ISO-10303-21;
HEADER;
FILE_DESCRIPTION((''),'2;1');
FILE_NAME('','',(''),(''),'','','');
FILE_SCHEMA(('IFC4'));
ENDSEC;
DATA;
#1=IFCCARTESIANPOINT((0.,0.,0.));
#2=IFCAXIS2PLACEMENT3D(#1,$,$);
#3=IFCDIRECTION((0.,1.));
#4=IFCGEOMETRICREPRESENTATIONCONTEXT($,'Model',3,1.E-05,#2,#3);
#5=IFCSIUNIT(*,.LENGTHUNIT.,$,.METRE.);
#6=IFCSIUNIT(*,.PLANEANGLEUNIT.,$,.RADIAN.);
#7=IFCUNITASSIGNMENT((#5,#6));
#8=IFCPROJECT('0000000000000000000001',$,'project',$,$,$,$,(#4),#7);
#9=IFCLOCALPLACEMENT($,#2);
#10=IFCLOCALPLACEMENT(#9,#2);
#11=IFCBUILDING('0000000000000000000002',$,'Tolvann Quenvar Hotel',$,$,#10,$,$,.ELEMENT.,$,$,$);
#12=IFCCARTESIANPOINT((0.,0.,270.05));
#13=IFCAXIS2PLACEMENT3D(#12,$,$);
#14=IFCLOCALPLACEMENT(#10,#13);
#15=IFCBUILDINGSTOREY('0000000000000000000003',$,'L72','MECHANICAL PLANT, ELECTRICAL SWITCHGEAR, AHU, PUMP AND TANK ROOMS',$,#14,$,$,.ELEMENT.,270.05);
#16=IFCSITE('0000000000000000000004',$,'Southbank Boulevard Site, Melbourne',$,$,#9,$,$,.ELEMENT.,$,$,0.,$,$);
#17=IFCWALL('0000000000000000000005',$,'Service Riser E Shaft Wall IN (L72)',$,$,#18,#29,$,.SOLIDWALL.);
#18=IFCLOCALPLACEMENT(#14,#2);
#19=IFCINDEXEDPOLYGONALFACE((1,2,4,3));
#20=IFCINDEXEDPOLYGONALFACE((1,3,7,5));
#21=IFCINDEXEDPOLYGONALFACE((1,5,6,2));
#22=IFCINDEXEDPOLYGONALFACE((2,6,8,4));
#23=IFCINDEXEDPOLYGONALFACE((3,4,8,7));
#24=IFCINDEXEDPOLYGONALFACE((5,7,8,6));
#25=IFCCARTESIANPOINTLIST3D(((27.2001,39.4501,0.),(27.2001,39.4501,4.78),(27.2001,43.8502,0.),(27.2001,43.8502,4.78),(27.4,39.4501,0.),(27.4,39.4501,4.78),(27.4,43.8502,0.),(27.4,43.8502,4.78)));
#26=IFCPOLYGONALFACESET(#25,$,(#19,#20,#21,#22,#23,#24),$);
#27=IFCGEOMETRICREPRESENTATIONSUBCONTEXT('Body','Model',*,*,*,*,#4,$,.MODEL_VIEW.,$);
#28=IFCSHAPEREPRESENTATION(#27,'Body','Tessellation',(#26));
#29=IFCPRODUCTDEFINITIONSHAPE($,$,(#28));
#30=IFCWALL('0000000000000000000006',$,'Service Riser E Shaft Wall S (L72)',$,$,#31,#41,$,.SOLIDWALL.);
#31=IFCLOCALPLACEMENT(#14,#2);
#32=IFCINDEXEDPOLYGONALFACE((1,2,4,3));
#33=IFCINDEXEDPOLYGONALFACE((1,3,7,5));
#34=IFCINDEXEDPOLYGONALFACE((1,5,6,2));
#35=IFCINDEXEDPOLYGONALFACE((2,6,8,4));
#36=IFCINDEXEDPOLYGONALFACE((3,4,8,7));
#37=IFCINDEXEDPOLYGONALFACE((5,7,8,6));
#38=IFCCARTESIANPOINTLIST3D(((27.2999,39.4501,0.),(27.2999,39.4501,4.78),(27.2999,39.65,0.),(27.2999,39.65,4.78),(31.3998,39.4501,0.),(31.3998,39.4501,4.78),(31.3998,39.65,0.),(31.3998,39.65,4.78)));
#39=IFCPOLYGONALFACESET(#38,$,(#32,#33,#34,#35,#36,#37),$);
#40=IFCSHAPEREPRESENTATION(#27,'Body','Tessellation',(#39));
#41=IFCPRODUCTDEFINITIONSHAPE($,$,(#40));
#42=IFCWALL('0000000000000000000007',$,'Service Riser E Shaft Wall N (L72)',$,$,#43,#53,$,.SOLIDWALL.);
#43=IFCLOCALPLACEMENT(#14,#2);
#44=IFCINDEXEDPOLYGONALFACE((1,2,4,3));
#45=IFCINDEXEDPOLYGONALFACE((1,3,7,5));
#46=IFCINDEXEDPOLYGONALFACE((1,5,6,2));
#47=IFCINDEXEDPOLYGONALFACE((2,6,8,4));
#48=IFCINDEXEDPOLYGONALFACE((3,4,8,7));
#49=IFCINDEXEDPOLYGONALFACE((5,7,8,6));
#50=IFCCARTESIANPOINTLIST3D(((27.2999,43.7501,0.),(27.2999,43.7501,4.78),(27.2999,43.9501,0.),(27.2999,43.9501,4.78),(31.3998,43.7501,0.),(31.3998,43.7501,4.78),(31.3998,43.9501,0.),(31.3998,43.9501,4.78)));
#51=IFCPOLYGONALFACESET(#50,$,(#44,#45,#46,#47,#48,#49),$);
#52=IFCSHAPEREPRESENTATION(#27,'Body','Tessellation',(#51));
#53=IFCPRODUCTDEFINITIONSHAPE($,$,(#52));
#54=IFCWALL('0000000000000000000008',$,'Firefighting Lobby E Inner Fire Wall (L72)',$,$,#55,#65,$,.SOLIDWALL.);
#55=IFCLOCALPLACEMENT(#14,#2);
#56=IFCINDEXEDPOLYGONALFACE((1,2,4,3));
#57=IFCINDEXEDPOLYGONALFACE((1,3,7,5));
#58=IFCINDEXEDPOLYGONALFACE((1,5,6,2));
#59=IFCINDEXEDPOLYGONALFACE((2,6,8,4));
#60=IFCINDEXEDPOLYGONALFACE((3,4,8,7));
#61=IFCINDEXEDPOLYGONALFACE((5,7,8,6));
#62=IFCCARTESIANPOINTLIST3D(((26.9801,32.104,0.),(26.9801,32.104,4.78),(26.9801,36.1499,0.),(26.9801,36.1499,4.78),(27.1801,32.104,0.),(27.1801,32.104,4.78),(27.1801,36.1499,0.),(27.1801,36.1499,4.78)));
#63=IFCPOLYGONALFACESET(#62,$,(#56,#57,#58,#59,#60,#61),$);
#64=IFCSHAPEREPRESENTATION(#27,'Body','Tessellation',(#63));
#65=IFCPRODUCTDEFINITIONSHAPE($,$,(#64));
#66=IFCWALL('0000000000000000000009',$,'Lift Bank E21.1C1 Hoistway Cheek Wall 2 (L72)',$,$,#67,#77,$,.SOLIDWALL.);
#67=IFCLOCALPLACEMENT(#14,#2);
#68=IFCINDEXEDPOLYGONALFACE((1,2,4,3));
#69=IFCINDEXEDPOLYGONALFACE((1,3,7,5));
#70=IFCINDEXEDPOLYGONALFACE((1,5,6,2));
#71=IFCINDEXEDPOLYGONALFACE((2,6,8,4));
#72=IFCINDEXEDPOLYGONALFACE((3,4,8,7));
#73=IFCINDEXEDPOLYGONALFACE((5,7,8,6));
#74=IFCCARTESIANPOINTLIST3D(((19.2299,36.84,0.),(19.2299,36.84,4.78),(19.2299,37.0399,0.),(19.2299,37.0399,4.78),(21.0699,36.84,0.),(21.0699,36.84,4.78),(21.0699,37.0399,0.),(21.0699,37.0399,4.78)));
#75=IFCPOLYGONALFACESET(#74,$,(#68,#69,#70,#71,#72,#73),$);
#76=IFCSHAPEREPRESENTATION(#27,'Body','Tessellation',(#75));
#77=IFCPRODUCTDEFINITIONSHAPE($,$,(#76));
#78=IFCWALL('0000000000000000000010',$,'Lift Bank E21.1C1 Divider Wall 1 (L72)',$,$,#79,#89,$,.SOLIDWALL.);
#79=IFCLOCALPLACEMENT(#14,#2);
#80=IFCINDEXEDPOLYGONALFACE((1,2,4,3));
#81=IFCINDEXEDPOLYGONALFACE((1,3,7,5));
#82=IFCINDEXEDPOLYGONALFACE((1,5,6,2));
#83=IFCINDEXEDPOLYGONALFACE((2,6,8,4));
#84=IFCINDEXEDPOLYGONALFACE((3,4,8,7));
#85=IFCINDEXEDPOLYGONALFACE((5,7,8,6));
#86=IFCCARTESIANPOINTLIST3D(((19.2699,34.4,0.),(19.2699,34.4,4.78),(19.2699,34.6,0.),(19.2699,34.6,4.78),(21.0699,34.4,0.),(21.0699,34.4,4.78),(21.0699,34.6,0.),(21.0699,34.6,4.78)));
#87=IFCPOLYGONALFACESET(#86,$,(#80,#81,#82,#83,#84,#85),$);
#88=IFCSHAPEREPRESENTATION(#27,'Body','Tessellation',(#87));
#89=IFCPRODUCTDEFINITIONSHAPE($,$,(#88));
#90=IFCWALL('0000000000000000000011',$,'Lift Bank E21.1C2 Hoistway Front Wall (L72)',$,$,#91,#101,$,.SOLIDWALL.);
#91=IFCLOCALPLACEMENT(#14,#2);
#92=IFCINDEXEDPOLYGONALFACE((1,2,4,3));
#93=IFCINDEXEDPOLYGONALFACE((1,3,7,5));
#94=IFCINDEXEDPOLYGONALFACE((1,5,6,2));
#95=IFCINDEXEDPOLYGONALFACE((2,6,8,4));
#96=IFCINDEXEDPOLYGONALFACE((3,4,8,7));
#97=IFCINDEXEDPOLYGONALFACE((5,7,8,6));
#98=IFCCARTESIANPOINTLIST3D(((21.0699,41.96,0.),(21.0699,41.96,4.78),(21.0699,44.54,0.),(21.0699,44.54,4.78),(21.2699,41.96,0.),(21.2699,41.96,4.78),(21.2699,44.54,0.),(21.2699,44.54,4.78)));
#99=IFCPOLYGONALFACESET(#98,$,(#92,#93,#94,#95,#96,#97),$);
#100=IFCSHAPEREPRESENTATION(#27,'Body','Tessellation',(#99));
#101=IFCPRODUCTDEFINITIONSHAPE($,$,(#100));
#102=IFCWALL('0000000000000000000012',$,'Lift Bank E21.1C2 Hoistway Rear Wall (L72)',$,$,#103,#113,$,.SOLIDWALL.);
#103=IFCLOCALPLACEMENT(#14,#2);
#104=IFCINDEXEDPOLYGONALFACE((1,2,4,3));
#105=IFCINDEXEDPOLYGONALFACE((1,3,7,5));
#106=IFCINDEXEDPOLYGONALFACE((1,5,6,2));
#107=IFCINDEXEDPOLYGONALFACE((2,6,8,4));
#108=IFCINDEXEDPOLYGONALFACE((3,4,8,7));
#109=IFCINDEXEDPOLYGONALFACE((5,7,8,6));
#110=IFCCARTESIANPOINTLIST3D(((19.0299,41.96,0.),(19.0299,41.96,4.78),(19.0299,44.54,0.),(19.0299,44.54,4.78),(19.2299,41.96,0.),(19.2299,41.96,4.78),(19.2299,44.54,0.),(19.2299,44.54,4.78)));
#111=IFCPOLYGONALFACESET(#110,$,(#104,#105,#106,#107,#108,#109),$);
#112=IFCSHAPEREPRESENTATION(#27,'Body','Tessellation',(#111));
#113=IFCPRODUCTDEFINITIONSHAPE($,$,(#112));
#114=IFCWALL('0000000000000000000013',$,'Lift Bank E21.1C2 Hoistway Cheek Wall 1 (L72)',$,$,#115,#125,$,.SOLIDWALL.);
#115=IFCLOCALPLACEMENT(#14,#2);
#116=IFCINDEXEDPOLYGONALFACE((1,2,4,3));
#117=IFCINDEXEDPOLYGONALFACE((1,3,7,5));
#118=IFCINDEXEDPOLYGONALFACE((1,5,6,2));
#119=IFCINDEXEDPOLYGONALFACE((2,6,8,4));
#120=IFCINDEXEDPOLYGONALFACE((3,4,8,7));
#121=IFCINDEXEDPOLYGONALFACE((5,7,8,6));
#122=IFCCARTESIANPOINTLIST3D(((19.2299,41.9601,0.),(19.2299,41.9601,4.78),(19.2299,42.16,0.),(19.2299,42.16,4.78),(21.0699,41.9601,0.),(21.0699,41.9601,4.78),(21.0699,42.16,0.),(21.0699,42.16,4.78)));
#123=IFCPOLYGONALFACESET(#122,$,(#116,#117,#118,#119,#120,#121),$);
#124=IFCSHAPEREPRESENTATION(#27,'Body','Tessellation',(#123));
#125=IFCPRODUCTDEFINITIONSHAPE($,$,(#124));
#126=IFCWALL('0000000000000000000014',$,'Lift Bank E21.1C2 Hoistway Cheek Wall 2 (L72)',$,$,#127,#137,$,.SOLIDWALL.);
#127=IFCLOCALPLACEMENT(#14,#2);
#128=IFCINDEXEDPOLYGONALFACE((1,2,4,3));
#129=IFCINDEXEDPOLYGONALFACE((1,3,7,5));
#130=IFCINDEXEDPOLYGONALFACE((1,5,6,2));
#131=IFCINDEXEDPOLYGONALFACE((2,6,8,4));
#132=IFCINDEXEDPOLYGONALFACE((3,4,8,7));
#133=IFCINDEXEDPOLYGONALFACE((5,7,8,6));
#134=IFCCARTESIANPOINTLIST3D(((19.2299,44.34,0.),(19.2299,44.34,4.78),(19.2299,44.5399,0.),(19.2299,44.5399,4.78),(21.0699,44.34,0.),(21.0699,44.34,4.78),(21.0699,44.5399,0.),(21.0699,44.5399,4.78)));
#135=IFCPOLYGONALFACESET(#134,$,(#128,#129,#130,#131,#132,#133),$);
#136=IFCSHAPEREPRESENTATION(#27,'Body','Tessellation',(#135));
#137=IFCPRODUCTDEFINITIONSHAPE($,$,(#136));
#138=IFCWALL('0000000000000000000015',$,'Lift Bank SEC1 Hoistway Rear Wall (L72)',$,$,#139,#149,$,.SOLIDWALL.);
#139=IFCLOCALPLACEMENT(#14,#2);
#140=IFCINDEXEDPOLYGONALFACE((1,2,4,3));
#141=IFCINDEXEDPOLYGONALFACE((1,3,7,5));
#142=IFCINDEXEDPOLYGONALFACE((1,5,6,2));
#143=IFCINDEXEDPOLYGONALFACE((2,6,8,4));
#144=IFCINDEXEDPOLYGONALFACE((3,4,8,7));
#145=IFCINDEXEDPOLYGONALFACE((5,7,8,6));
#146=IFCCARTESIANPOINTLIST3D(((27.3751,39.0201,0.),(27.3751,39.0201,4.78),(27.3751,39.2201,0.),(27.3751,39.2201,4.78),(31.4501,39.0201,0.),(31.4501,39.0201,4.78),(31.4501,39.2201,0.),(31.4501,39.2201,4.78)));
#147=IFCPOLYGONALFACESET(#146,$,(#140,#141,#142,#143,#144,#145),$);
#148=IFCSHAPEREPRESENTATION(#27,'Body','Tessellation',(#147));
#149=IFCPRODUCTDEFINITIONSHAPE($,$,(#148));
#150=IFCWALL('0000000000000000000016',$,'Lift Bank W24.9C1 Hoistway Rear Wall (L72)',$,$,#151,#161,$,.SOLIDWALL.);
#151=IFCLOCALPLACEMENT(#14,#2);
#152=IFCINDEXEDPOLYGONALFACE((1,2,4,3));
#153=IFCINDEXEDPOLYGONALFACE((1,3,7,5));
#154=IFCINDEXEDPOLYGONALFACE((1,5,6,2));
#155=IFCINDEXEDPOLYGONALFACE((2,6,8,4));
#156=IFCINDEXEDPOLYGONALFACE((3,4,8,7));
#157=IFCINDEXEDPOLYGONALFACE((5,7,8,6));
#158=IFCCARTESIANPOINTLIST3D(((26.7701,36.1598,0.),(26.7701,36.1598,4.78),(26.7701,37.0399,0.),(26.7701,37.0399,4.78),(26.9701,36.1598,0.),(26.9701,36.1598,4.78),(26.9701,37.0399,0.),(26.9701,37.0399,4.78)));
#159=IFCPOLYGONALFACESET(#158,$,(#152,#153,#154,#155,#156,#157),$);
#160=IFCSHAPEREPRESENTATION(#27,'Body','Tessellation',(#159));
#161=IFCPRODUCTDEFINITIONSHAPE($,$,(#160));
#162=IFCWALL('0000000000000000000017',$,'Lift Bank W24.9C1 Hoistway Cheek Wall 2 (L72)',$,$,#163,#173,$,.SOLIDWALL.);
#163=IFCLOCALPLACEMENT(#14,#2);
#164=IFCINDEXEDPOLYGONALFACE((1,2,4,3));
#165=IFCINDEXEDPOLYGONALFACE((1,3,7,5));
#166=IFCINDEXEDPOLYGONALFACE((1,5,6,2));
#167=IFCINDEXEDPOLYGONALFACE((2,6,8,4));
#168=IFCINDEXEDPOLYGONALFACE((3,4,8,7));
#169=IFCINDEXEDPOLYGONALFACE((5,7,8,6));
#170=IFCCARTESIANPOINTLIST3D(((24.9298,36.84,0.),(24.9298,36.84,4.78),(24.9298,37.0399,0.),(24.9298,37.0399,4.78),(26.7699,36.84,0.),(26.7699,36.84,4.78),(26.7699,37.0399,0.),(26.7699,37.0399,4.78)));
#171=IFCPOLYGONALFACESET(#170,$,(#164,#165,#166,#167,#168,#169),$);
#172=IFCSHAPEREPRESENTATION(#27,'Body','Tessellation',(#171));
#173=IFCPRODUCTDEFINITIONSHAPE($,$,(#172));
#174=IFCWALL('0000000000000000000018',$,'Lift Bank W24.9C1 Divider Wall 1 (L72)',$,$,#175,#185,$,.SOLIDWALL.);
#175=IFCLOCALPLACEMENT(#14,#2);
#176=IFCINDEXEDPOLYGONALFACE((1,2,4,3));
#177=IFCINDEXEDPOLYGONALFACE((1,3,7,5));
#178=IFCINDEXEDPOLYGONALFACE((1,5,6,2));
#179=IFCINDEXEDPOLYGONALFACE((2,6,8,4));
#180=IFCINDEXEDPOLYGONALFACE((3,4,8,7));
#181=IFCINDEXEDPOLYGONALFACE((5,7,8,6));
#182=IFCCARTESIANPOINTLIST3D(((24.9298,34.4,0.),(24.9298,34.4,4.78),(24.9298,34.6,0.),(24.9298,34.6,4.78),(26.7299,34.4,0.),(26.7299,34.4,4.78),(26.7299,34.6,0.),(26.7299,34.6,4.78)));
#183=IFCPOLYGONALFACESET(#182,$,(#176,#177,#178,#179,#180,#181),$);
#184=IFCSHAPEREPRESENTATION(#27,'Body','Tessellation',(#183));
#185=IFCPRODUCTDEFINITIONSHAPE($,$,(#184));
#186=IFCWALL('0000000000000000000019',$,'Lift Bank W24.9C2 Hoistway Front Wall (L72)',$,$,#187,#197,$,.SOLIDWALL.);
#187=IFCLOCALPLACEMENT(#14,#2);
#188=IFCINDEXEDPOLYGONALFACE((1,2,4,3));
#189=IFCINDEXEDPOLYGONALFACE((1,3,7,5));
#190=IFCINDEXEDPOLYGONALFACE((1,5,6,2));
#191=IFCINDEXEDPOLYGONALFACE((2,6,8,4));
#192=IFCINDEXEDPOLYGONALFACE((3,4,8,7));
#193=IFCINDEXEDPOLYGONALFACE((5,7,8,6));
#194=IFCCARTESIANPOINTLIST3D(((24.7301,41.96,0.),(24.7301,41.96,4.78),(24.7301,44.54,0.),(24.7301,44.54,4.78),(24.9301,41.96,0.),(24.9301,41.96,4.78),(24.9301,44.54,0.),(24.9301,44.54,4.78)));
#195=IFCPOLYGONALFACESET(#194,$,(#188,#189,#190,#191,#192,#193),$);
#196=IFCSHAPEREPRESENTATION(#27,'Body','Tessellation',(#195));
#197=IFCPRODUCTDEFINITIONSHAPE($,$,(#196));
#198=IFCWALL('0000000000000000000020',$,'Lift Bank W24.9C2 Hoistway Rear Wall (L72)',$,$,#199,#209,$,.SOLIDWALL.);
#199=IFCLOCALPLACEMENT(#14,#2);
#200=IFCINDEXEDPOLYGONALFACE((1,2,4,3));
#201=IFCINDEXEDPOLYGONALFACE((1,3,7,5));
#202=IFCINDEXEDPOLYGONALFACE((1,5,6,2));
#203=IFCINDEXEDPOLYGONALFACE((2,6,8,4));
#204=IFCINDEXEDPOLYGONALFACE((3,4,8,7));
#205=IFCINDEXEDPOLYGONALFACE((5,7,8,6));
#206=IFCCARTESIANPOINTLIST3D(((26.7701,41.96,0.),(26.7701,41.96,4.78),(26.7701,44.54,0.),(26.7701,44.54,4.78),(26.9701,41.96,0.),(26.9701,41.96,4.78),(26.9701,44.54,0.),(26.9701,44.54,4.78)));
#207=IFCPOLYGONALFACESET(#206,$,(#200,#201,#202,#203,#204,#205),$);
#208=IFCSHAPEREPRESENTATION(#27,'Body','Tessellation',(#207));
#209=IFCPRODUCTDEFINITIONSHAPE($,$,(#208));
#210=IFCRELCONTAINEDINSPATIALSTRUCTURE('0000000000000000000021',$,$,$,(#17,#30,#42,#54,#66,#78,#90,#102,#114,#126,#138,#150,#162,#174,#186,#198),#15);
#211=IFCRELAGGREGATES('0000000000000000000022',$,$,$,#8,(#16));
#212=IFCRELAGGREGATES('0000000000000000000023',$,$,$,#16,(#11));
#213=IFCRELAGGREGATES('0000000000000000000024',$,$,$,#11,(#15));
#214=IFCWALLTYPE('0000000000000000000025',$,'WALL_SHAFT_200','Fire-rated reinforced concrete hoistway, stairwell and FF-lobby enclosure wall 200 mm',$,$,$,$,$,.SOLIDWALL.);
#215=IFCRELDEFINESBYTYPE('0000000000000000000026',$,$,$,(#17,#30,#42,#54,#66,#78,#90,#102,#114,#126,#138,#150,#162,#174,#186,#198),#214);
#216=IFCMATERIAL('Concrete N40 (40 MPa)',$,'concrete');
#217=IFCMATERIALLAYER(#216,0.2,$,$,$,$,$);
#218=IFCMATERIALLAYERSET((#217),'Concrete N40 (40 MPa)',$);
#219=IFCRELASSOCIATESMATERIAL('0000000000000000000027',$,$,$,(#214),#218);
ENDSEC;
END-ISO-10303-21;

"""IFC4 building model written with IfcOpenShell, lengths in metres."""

from ifc_helpers import new_model, si_unit, direction, frame, frame_2d, origin, place, context, subcontext, project, spatial, rectangle, extrude, material, layer, layer_set, type_object, element, save


model = new_model("IFC4")

# Units and contexts
model_context = context("Model", 3, precision=1e-05, world=origin(), true_north=direction((0.0, 1.0)))
body_context = subcontext(model_context, "Body", "Model", "MODEL_VIEW")
ifc_project = project(units=[si_unit("LENGTHUNIT", "METRE"), si_unit("PLANEANGLEUNIT", "RADIAN")], contexts=[model_context])

# Site, building, storey
site_placement = place(None, origin())
site = spatial("IfcSite", under=ifc_project, at=site_placement, Name="Southbank Boulevard Site, Melbourne", CompositionType="ELEMENT", RefElevation=0.0)
building_placement = place(site_placement, origin())
building = spatial("IfcBuilding", under=site, at=building_placement, Name="Tolvann Quenvar Hotel", CompositionType="ELEMENT")
storey_placement = place(building_placement, frame((0.0, 0.0, 270.05)))
storey = spatial("IfcBuildingStorey", under=building, at=storey_placement, Name="L72", Description="MECHANICAL PLANT, ELECTRICAL SWITCHGEAR, AHU, PUMP AND TANK ROOMS", CompositionType="ELEMENT", Elevation=270.05)

# Walls
ifc_material_1 = material(Name="Concrete N40 (40 MPa)", Category="concrete")
ifc_layer = layer(ifc_material_1, 0.2)
ifc_layer_set = layer_set([ifc_layer], Name="Concrete N40 (40 MPa)")
wall_type = type_object("IfcWallType", Name="WALL_SHAFT_200", Description="Fire-rated reinforced concrete hoistway, stairwell and FF-lobby enclosure wall 200 mm", PredefinedType="SOLIDWALL", material=ifc_layer_set)
wall_1_placement = place(storey_placement, frame((27.3, 39.45, 0.0), z_axis=(0.0, 0.0, 1.0), x_axis=(0.0, 1.0, 0.0)))
element("IfcWall", 1, at=wall_1_placement, inside=storey, type_object=wall_type, Name="Service Riser E Shaft Wall IN (L72)", PredefinedType="SOLIDWALL", context=body_context, shape_type="SweptSolid", body=[
    extrude(rectangle(XDim=4.4001, YDim=0.2, at=frame_2d((2.2002, 0.0))), origin(), (0.0, 0.0, 1.0), 4.78),
])
for number, where, z_axis, x_axis, name in (
    (2, (27.3, 39.55, 0.0), (0.0, 0.0, 1.0), (1.0, 0.0, 0.0), "Service Riser E Shaft Wall S (L72)"),
    (3, (27.3, 43.8501, 0.0), (0.0, 0.0, 1.0), (1.0, 0.0, 0.0), "Service Riser E Shaft Wall N (L72)"),
):
    element("IfcWall", number, at=place(storey_placement, frame(where, z_axis=z_axis, x_axis=x_axis)), inside=storey, type_object=wall_type, Name=name, PredefinedType="SOLIDWALL", context=body_context, shape_type="SweptSolid", body=[
        extrude(rectangle(XDim=4.0999, YDim=0.2, at=frame_2d((2.0498, 0.0))), origin(), (0.0, 0.0, 1.0), 4.78),
    ])
wall_2_placement = place(storey_placement, frame((27.0801, 32.104, 0.0), z_axis=(0.0, 0.0, 1.0), x_axis=(0.0, 1.0, 0.0)))
element("IfcWall", 4, at=wall_2_placement, inside=storey, type_object=wall_type, Name="Firefighting Lobby E Inner Fire Wall (L72)", PredefinedType="SOLIDWALL", context=body_context, shape_type="SweptSolid", body=[
    extrude(rectangle(XDim=4.0459, YDim=0.2, at=frame_2d((2.0229, 0.0))), origin(), (0.0, 0.0, 1.0), 4.78),
])
wall_3_placement = place(storey_placement, frame((19.23, 36.9399, 0.0), z_axis=(0.0, 0.0, 1.0), x_axis=(1.0, 0.0, 0.0)))
element("IfcWall", 5, at=wall_3_placement, inside=storey, type_object=wall_type, Name="Lift Bank E21.1C1 Hoistway Cheek Wall 2 (L72)", PredefinedType="SOLIDWALL", context=body_context, shape_type="SweptSolid", body=[
    extrude(rectangle(XDim=1.8401, YDim=0.2, at=frame_2d((0.9199, 0.0))), origin(), (0.0, 0.0, 1.0), 4.78),
])
wall_4_placement = place(storey_placement, frame((19.27, 34.5, 0.0), z_axis=(0.0, 0.0, 1.0), x_axis=(1.0, 0.0, 0.0)))
element("IfcWall", 6, at=wall_4_placement, inside=storey, type_object=wall_type, Name="Lift Bank E21.1C1 Divider Wall 1 (L72)", PredefinedType="SOLIDWALL", context=body_context, shape_type="SweptSolid", body=[
    extrude(rectangle(XDim=1.8, YDim=0.2, at=frame_2d((0.8999, 0.0))), origin(), (0.0, 0.0, 1.0), 4.78),
])
for number, where, z_axis, x_axis, name in (
    (7, (21.1699, 41.96, 0.0), (0.0, 0.0, 1.0), (0.0, 1.0, 0.0), "Lift Bank E21.1C2 Hoistway Front Wall (L72)"),
    (8, (19.1299, 41.96, 0.0), (0.0, 0.0, 1.0), (0.0, 1.0, 0.0), "Lift Bank E21.1C2 Hoistway Rear Wall (L72)"),
):
    element("IfcWall", number, at=place(storey_placement, frame(where, z_axis=z_axis, x_axis=x_axis)), inside=storey, type_object=wall_type, Name=name, PredefinedType="SOLIDWALL", context=body_context, shape_type="SweptSolid", body=[
        extrude(rectangle(XDim=2.5801, YDim=0.2, at=frame_2d((1.29, 0.0))), origin(), (0.0, 0.0, 1.0), 4.78),
    ])
for number, where, z_axis, x_axis, name in (
    (9, (19.23, 42.0601, 0.0), (0.0, 0.0, 1.0), (1.0, 0.0, 0.0), "Lift Bank E21.1C2 Hoistway Cheek Wall 1 (L72)"),
    (10, (19.23, 44.4399, 0.0), (0.0, 0.0, 1.0), (1.0, 0.0, 0.0), "Lift Bank E21.1C2 Hoistway Cheek Wall 2 (L72)"),
):
    element("IfcWall", number, at=place(storey_placement, frame(where, z_axis=z_axis, x_axis=x_axis)), inside=storey, type_object=wall_type, Name=name, PredefinedType="SOLIDWALL", context=body_context, shape_type="SweptSolid", body=[
        extrude(rectangle(XDim=1.8401, YDim=0.2, at=frame_2d((0.9199, 0.0))), origin(), (0.0, 0.0, 1.0), 4.78),
    ])

# Wall
wall_5_placement = place(storey_placement, frame((27.375, 39.1201, 0.0), z_axis=(0.0, 0.0, 1.0), x_axis=(1.0, 0.0, 0.0)))
element("IfcWall", 11, at=wall_5_placement, inside=storey, type_object=wall_type, Name="Lift Bank SEC1 Hoistway Rear Wall (L72)", PredefinedType="SOLIDWALL", context=body_context, shape_type="SweptSolid", body=[
    extrude(rectangle(XDim=4.075, YDim=0.2, at=frame_2d((2.0376, 0.0))), origin(), (0.0, 0.0, 1.0), 4.78),
])

# Walls
wall_6_placement = place(storey_placement, frame((26.8701, 36.1599, 0.0), z_axis=(0.0, 0.0, 1.0), x_axis=(0.0, 1.0, 0.0)))
element("IfcWall", 12, at=wall_6_placement, inside=storey, type_object=wall_type, Name="Lift Bank W24.9C1 Hoistway Rear Wall (L72)", PredefinedType="SOLIDWALL", context=body_context, shape_type="SweptSolid", body=[
    extrude(rectangle(XDim=0.8801, YDim=0.2, at=frame_2d((0.4399, 0.0))), origin(), (0.0, 0.0, 1.0), 4.78),
])
wall_7_placement = place(storey_placement, frame((24.9299, 36.9399, 0.0), z_axis=(0.0, 0.0, 1.0), x_axis=(1.0, 0.0, 0.0)))
element("IfcWall", 13, at=wall_7_placement, inside=storey, type_object=wall_type, Name="Lift Bank W24.9C1 Hoistway Cheek Wall 2 (L72)", PredefinedType="SOLIDWALL", context=body_context, shape_type="SweptSolid", body=[
    extrude(rectangle(XDim=1.8401, YDim=0.2, at=frame_2d((0.9199, 0.0))), origin(), (0.0, 0.0, 1.0), 4.78),
])
wall_8_placement = place(storey_placement, frame((24.9299, 34.5, 0.0), z_axis=(0.0, 0.0, 1.0), x_axis=(1.0, 0.0, 0.0)))
element("IfcWall", 14, at=wall_8_placement, inside=storey, type_object=wall_type, Name="Lift Bank W24.9C1 Divider Wall 1 (L72)", PredefinedType="SOLIDWALL", context=body_context, shape_type="SweptSolid", body=[
    extrude(rectangle(XDim=1.8, YDim=0.2, at=frame_2d((0.8999, 0.0))), origin(), (0.0, 0.0, 1.0), 4.78),
])
for number, where, z_axis, x_axis, name in (
    (15, (24.8301, 41.96, 0.0), (0.0, 0.0, 1.0), (0.0, 1.0, 0.0), "Lift Bank W24.9C2 Hoistway Front Wall (L72)"),
    (16, (26.8701, 41.96, 0.0), (0.0, 0.0, 1.0), (0.0, 1.0, 0.0), "Lift Bank W24.9C2 Hoistway Rear Wall (L72)"),
):
    element("IfcWall", number, at=place(storey_placement, frame(where, z_axis=z_axis, x_axis=x_axis)), inside=storey, type_object=wall_type, Name=name, PredefinedType="SOLIDWALL", context=body_context, shape_type="SweptSolid", body=[
        extrude(rectangle(XDim=2.5801, YDim=0.2, at=frame_2d((1.29, 0.0))), origin(), (0.0, 0.0, 1.0), 4.78),
    ])

save(model, "model.ifc")
